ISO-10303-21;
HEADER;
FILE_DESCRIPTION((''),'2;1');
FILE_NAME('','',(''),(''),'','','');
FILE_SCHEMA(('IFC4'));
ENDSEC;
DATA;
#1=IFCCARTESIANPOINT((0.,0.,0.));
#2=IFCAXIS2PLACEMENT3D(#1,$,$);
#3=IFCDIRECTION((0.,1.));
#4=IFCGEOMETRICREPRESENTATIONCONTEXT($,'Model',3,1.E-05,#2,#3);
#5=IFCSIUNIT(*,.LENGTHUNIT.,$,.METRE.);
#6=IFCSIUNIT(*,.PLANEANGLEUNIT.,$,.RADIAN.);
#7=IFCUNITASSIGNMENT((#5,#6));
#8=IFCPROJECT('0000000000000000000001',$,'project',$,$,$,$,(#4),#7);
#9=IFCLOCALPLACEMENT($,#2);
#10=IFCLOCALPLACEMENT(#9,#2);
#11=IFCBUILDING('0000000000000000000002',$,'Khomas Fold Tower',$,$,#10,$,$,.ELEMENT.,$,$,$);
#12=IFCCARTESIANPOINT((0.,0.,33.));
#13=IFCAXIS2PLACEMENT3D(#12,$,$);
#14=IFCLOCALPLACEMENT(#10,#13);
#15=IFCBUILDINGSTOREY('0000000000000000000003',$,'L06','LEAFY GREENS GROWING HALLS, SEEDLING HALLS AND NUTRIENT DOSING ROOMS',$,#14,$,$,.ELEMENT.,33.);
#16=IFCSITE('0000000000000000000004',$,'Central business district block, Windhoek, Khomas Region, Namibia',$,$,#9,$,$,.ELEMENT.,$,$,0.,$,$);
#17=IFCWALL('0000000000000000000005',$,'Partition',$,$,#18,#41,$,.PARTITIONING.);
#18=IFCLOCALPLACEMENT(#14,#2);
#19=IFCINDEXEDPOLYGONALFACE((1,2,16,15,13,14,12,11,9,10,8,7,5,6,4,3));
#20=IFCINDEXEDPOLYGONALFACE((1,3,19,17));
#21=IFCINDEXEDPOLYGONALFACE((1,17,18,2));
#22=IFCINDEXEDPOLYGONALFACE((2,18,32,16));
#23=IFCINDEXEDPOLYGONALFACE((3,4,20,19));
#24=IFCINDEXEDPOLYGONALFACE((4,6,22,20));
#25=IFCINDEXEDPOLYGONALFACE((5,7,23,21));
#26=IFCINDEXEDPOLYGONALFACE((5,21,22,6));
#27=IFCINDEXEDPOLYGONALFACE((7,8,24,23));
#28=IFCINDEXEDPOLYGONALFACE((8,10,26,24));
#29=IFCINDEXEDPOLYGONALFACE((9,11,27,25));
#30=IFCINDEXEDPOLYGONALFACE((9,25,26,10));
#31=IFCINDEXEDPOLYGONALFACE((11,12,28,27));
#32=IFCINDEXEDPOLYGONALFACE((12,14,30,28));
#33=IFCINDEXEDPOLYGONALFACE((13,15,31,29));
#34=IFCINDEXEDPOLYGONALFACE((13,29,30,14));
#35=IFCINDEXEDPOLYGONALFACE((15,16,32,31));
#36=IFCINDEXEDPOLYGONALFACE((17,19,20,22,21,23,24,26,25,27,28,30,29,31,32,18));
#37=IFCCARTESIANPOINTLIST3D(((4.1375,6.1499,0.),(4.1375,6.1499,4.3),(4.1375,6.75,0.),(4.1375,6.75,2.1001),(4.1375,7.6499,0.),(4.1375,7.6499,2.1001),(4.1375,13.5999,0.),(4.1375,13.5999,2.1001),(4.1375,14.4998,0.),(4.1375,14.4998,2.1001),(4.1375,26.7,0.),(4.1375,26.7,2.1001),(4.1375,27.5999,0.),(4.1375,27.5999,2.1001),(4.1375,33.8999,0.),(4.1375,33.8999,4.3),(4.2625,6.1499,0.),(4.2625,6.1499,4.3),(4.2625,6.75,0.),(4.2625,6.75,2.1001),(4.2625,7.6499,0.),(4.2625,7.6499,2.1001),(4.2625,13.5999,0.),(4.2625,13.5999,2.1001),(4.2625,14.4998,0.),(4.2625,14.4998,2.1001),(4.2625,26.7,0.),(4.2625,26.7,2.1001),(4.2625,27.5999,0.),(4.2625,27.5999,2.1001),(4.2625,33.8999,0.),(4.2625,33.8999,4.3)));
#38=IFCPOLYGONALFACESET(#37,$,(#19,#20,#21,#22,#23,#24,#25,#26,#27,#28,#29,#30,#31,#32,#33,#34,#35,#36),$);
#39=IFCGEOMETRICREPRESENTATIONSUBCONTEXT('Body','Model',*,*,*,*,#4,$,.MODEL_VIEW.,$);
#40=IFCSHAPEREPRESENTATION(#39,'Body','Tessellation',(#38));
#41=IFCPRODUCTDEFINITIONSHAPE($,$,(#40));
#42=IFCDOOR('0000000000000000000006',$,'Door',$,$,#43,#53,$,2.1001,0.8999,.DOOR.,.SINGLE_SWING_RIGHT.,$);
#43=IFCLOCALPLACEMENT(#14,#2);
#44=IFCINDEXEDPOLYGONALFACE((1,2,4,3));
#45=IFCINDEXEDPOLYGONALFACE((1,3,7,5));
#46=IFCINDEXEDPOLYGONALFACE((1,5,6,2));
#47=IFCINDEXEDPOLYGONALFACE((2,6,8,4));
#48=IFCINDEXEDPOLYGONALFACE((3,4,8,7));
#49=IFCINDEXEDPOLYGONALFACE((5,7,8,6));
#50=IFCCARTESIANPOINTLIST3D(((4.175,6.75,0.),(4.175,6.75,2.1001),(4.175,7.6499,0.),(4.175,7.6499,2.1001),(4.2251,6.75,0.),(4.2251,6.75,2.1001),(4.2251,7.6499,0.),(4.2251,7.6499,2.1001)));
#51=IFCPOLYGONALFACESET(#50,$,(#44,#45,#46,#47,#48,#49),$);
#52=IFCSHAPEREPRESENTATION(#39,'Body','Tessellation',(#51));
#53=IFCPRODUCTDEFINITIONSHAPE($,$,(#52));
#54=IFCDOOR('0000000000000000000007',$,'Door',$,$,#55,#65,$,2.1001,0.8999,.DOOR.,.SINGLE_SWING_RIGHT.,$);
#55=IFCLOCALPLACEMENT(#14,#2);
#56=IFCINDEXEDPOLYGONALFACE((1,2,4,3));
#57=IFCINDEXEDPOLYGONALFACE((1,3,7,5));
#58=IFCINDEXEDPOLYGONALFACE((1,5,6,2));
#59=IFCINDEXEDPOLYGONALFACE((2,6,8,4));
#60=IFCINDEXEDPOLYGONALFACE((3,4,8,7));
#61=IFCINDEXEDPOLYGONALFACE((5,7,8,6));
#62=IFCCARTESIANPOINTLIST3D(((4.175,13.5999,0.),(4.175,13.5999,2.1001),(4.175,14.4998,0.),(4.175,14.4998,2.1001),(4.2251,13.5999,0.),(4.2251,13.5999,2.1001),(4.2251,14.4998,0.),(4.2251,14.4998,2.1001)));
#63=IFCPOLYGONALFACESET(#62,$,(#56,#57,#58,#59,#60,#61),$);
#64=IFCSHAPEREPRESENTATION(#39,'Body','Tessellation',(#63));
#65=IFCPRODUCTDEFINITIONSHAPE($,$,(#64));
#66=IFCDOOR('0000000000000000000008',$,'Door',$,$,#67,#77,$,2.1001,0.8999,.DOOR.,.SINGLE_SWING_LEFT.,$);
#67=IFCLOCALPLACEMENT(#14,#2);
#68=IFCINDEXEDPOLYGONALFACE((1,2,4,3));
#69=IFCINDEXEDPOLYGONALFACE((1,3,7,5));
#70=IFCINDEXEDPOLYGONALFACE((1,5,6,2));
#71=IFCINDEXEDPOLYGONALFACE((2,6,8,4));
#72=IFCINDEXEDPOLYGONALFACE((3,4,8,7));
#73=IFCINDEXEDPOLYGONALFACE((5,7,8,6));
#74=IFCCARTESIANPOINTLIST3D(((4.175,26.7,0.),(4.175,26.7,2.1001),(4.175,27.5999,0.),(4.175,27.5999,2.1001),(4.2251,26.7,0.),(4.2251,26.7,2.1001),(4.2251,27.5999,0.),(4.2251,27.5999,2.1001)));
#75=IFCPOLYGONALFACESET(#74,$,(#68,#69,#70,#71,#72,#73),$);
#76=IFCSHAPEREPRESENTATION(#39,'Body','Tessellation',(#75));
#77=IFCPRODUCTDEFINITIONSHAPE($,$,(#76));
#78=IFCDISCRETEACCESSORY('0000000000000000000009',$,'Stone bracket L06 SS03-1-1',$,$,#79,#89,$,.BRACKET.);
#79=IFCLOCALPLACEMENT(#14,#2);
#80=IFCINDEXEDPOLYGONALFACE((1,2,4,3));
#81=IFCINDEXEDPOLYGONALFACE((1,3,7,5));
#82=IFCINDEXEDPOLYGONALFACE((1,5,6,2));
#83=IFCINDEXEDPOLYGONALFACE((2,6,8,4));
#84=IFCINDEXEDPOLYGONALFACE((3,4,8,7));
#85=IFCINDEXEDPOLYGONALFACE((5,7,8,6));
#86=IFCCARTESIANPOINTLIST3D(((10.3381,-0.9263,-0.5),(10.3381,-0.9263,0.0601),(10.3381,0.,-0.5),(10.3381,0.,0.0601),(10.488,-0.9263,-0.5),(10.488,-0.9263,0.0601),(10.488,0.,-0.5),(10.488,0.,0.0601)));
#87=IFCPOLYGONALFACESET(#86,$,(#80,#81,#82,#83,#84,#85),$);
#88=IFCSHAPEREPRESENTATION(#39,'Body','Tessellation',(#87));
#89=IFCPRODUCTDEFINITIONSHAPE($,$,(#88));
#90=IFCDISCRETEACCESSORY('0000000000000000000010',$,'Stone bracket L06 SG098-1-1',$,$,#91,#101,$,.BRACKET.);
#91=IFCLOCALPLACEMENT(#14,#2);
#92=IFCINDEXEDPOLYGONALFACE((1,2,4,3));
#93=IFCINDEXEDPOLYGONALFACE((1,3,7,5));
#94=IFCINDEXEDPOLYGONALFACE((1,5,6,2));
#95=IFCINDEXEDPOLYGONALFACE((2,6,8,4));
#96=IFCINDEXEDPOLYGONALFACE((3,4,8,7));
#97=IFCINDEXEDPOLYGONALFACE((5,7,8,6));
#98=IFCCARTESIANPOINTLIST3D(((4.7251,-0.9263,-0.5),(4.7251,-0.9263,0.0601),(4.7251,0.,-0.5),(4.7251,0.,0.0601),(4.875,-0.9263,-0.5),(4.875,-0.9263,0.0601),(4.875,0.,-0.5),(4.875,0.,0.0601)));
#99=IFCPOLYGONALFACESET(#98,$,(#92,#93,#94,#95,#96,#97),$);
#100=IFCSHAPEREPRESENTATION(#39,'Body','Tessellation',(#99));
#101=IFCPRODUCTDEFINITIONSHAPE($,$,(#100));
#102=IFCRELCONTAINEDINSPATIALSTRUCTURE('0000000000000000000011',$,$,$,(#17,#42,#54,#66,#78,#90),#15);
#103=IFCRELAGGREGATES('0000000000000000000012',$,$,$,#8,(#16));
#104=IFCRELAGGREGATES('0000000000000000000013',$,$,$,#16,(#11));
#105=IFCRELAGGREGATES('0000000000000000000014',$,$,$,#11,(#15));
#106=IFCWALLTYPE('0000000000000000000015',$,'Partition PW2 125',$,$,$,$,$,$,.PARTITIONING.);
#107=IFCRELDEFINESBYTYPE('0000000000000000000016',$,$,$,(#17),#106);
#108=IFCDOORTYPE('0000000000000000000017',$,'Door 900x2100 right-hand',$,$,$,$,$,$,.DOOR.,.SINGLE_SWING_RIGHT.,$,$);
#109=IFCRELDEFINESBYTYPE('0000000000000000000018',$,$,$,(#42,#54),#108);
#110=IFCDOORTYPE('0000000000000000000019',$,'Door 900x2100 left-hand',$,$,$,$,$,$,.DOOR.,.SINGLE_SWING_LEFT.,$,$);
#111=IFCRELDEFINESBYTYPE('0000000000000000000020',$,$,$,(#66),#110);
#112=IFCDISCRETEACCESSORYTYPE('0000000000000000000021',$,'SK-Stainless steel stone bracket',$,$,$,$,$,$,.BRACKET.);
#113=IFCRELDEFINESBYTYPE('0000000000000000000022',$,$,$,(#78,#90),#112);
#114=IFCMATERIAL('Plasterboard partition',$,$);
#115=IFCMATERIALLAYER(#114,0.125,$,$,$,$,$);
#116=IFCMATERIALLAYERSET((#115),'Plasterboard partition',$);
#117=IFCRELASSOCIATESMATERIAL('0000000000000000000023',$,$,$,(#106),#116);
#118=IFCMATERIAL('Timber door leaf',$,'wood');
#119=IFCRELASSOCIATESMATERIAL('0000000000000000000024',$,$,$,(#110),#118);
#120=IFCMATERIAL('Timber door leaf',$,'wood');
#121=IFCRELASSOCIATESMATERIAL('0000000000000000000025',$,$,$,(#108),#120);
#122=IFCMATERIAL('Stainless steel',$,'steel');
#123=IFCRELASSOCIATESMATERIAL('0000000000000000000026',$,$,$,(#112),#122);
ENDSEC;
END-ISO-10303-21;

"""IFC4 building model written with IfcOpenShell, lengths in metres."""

from ifc_helpers import new_model, si_unit, direction, frame, frame_2d, origin, origin_2d, place, context, subcontext, project, spatial, rectangle, extrude, source, transform, mapped, material, layer, layer_set, type_object, element, fill, save


model = new_model("IFC4")

# Units and contexts
model_context = context("Model", 3, precision=1e-05, world=origin(), true_north=direction((0.0, 1.0)))
body_context = subcontext(model_context, "Body", "Model", "MODEL_VIEW")
ifc_project = project(units=[si_unit("LENGTHUNIT", "METRE"), si_unit("PLANEANGLEUNIT", "RADIAN")], contexts=[model_context])

# Site, building, storey
site_placement = place(None, origin())
site = spatial("IfcSite", under=ifc_project, at=site_placement, Name="Central business district block, Windhoek, Khomas Region, Namibia", CompositionType="ELEMENT", RefElevation=0.0)
building_placement = place(site_placement, origin())
building = spatial("IfcBuilding", under=site, at=building_placement, Name="Khomas Fold Tower", CompositionType="ELEMENT")
storey_placement = place(building_placement, frame((0.0, 0.0, 33.0)))
storey = spatial("IfcBuildingStorey", under=building, at=storey_placement, Name="L06", Description="LEAFY GREENS GROWING HALLS, SEEDLING HALLS AND NUTRIENT DOSING ROOMS", CompositionType="ELEMENT", Elevation=33.0)

# Wall, openings, doors
ifc_material_1 = material(Name="Plasterboard partition")
ifc_layer_1 = layer(ifc_material_1, 0.125)
ifc_layer_set_1 = layer_set([ifc_layer_1], Name="Plasterboard partition")
wall_type_1 = type_object("IfcWallType", Name="Partition PW2 125", PredefinedType="PARTITIONING", material=ifc_layer_set_1)
shared_shape_1 = source(origin(), body_context, "Body", "SweptSolid", [
    extrude(rectangle(XDim=0.8999, YDim=2.1001, at=frame_2d((0.45, 1.05))), frame((0.0, 0.0725, 0.0), z_axis=(0.0, -1.0, 0.0), x_axis=(1.0, 0.0, 0.0)), (0.0, 0.0, 1.0), 0.145),
])
ifc_material_2 = material(Name="Timber door leaf", Category="wood")
door_type_1 = type_object("IfcDoorType", Name="Door 900x2100 left-hand", OperationType="SINGLE_SWING_LEFT", PredefinedType="DOOR", material=ifc_material_2)
shared_shape_2 = source(origin(), body_context, "Body", "SweptSolid", [
    extrude(rectangle(XDim=0.8999, YDim=2.1001, at=frame_2d((0.45, 1.05))), frame((0.0, 0.0249, 0.0), z_axis=(0.0, -1.0, 0.0), x_axis=(1.0, 0.0, 0.0)), (0.0, 0.0, 1.0), 0.05),
])
shared_shape_3 = source(origin(), body_context, "Body", "SweptSolid", [
    extrude(rectangle(XDim=27.75, YDim=0.125, at=frame_2d((13.875, 0.0))), origin(), (0.0, 0.0, 1.0), 4.3),
])
wall_1_placement = place(storey_placement, frame((4.2, 6.1499, 0.0), z_axis=(0.0, 0.0, 1.0), x_axis=(0.0, 1.0, 0.0)))
wall_1 = element("IfcWall", 1, at=wall_1_placement, inside=storey, type_object=wall_type_1, Name="Partition", PredefinedType="PARTITIONING", context=body_context, shape_type="MappedRepresentation", body=[
    mapped(shared_shape_3, transform((0.0, 0.0, 0.0))),
])
opening_1_placement = place(wall_1_placement, frame((0.6001, 0.0, 0.0)))
opening_1 = element("IfcOpeningElement", 2, at=opening_1_placement, cuts=wall_1, PredefinedType="OPENING", context=body_context, shape_type="MappedRepresentation", body=[
    mapped(shared_shape_1, transform((0.0, 0.0, 0.0))),
])
opening_2_placement = place(wall_1_placement, frame((7.45, 0.0, 0.0)))
opening_2 = element("IfcOpeningElement", 3, at=opening_2_placement, cuts=wall_1, PredefinedType="OPENING", context=body_context, shape_type="MappedRepresentation", body=[
    mapped(shared_shape_1, transform((0.0, 0.0, 0.0))),
])
opening_3_placement = place(wall_1_placement, frame((20.55, 0.0, 0.0)))
opening_3 = element("IfcOpeningElement", 4, at=opening_3_placement, cuts=wall_1, PredefinedType="OPENING", context=body_context, shape_type="MappedRepresentation", body=[
    mapped(shared_shape_1, transform((0.0, 0.0, 0.0))),
])
ifc_material_3 = material(Name="Timber door leaf", Category="wood")
door_type_2 = type_object("IfcDoorType", Name="Door 900x2100 right-hand", OperationType="SINGLE_SWING_RIGHT", PredefinedType="DOOR", material=ifc_material_3)
door_1_placement = place(opening_1_placement, origin())
door_1 = element("IfcDoor", 5, at=door_1_placement, inside=storey, type_object=door_type_2, Name="Door", OperationType="SINGLE_SWING_RIGHT", OverallHeight=2.1001, OverallWidth=0.8999, PredefinedType="DOOR", context=body_context, shape_type="MappedRepresentation", body=[
    mapped(shared_shape_2, transform((0.0, 0.0, 0.0))),
])
fill(opening_1, door_1)
door_2_placement = place(opening_2_placement, origin())
door_2 = element("IfcDoor", 6, at=door_2_placement, inside=storey, type_object=door_type_2, Name="Door", OperationType="SINGLE_SWING_RIGHT", OverallHeight=2.1001, OverallWidth=0.8999, PredefinedType="DOOR", context=body_context, shape_type="MappedRepresentation", body=[
    mapped(shared_shape_2, transform((0.0, 0.0, 0.0))),
])
fill(opening_2, door_2)
door_3_placement = place(opening_3_placement, origin())
door_3 = element("IfcDoor", 7, at=door_3_placement, inside=storey, type_object=door_type_1, Name="Door", OperationType="SINGLE_SWING_LEFT", OverallHeight=2.1001, OverallWidth=0.8999, PredefinedType="DOOR", context=body_context, shape_type="MappedRepresentation", body=[
    mapped(shared_shape_2, transform((0.0, 0.0, 0.0))),
])
fill(opening_3, door_3)

# Discrete accessories
ifc_material_4 = material(Name="Stainless steel", Category="steel")
discrete_accessory_type = type_object("IfcDiscreteAccessoryType", Name="SK-Stainless steel stone bracket", PredefinedType="BRACKET", material=ifc_material_4)
shared_shape_4 = source(origin(), body_context, "Body", "SweptSolid", [
    extrude(rectangle(XDim=0.9263, YDim=0.1499, at=origin_2d()), origin(), (0.0, 0.0, 1.0), 0.5601),
])
for number, where, z_axis, x_axis, name in (
    (8, (10.4131, -0.4631, -0.5), (0.0, 0.0, 1.0), (0.0, -1.0, 0.0), "Stone bracket L06 SS03-1-1"),
    (9, (4.8, -0.4631, -0.5), (0.0, 0.0, 1.0), (0.0, -1.0, 0.0), "Stone bracket L06 SG098-1-1"),
):
    element("IfcDiscreteAccessory", number, at=place(storey_placement, frame(where, z_axis=z_axis, x_axis=x_axis)), inside=storey, type_object=discrete_accessory_type, Name=name, PredefinedType="BRACKET", context=body_context, shape_type="MappedRepresentation", body=[
        mapped(shared_shape_4, transform((0.0, 0.0, 0.0))),
    ])

save(model, "model.ifc")
